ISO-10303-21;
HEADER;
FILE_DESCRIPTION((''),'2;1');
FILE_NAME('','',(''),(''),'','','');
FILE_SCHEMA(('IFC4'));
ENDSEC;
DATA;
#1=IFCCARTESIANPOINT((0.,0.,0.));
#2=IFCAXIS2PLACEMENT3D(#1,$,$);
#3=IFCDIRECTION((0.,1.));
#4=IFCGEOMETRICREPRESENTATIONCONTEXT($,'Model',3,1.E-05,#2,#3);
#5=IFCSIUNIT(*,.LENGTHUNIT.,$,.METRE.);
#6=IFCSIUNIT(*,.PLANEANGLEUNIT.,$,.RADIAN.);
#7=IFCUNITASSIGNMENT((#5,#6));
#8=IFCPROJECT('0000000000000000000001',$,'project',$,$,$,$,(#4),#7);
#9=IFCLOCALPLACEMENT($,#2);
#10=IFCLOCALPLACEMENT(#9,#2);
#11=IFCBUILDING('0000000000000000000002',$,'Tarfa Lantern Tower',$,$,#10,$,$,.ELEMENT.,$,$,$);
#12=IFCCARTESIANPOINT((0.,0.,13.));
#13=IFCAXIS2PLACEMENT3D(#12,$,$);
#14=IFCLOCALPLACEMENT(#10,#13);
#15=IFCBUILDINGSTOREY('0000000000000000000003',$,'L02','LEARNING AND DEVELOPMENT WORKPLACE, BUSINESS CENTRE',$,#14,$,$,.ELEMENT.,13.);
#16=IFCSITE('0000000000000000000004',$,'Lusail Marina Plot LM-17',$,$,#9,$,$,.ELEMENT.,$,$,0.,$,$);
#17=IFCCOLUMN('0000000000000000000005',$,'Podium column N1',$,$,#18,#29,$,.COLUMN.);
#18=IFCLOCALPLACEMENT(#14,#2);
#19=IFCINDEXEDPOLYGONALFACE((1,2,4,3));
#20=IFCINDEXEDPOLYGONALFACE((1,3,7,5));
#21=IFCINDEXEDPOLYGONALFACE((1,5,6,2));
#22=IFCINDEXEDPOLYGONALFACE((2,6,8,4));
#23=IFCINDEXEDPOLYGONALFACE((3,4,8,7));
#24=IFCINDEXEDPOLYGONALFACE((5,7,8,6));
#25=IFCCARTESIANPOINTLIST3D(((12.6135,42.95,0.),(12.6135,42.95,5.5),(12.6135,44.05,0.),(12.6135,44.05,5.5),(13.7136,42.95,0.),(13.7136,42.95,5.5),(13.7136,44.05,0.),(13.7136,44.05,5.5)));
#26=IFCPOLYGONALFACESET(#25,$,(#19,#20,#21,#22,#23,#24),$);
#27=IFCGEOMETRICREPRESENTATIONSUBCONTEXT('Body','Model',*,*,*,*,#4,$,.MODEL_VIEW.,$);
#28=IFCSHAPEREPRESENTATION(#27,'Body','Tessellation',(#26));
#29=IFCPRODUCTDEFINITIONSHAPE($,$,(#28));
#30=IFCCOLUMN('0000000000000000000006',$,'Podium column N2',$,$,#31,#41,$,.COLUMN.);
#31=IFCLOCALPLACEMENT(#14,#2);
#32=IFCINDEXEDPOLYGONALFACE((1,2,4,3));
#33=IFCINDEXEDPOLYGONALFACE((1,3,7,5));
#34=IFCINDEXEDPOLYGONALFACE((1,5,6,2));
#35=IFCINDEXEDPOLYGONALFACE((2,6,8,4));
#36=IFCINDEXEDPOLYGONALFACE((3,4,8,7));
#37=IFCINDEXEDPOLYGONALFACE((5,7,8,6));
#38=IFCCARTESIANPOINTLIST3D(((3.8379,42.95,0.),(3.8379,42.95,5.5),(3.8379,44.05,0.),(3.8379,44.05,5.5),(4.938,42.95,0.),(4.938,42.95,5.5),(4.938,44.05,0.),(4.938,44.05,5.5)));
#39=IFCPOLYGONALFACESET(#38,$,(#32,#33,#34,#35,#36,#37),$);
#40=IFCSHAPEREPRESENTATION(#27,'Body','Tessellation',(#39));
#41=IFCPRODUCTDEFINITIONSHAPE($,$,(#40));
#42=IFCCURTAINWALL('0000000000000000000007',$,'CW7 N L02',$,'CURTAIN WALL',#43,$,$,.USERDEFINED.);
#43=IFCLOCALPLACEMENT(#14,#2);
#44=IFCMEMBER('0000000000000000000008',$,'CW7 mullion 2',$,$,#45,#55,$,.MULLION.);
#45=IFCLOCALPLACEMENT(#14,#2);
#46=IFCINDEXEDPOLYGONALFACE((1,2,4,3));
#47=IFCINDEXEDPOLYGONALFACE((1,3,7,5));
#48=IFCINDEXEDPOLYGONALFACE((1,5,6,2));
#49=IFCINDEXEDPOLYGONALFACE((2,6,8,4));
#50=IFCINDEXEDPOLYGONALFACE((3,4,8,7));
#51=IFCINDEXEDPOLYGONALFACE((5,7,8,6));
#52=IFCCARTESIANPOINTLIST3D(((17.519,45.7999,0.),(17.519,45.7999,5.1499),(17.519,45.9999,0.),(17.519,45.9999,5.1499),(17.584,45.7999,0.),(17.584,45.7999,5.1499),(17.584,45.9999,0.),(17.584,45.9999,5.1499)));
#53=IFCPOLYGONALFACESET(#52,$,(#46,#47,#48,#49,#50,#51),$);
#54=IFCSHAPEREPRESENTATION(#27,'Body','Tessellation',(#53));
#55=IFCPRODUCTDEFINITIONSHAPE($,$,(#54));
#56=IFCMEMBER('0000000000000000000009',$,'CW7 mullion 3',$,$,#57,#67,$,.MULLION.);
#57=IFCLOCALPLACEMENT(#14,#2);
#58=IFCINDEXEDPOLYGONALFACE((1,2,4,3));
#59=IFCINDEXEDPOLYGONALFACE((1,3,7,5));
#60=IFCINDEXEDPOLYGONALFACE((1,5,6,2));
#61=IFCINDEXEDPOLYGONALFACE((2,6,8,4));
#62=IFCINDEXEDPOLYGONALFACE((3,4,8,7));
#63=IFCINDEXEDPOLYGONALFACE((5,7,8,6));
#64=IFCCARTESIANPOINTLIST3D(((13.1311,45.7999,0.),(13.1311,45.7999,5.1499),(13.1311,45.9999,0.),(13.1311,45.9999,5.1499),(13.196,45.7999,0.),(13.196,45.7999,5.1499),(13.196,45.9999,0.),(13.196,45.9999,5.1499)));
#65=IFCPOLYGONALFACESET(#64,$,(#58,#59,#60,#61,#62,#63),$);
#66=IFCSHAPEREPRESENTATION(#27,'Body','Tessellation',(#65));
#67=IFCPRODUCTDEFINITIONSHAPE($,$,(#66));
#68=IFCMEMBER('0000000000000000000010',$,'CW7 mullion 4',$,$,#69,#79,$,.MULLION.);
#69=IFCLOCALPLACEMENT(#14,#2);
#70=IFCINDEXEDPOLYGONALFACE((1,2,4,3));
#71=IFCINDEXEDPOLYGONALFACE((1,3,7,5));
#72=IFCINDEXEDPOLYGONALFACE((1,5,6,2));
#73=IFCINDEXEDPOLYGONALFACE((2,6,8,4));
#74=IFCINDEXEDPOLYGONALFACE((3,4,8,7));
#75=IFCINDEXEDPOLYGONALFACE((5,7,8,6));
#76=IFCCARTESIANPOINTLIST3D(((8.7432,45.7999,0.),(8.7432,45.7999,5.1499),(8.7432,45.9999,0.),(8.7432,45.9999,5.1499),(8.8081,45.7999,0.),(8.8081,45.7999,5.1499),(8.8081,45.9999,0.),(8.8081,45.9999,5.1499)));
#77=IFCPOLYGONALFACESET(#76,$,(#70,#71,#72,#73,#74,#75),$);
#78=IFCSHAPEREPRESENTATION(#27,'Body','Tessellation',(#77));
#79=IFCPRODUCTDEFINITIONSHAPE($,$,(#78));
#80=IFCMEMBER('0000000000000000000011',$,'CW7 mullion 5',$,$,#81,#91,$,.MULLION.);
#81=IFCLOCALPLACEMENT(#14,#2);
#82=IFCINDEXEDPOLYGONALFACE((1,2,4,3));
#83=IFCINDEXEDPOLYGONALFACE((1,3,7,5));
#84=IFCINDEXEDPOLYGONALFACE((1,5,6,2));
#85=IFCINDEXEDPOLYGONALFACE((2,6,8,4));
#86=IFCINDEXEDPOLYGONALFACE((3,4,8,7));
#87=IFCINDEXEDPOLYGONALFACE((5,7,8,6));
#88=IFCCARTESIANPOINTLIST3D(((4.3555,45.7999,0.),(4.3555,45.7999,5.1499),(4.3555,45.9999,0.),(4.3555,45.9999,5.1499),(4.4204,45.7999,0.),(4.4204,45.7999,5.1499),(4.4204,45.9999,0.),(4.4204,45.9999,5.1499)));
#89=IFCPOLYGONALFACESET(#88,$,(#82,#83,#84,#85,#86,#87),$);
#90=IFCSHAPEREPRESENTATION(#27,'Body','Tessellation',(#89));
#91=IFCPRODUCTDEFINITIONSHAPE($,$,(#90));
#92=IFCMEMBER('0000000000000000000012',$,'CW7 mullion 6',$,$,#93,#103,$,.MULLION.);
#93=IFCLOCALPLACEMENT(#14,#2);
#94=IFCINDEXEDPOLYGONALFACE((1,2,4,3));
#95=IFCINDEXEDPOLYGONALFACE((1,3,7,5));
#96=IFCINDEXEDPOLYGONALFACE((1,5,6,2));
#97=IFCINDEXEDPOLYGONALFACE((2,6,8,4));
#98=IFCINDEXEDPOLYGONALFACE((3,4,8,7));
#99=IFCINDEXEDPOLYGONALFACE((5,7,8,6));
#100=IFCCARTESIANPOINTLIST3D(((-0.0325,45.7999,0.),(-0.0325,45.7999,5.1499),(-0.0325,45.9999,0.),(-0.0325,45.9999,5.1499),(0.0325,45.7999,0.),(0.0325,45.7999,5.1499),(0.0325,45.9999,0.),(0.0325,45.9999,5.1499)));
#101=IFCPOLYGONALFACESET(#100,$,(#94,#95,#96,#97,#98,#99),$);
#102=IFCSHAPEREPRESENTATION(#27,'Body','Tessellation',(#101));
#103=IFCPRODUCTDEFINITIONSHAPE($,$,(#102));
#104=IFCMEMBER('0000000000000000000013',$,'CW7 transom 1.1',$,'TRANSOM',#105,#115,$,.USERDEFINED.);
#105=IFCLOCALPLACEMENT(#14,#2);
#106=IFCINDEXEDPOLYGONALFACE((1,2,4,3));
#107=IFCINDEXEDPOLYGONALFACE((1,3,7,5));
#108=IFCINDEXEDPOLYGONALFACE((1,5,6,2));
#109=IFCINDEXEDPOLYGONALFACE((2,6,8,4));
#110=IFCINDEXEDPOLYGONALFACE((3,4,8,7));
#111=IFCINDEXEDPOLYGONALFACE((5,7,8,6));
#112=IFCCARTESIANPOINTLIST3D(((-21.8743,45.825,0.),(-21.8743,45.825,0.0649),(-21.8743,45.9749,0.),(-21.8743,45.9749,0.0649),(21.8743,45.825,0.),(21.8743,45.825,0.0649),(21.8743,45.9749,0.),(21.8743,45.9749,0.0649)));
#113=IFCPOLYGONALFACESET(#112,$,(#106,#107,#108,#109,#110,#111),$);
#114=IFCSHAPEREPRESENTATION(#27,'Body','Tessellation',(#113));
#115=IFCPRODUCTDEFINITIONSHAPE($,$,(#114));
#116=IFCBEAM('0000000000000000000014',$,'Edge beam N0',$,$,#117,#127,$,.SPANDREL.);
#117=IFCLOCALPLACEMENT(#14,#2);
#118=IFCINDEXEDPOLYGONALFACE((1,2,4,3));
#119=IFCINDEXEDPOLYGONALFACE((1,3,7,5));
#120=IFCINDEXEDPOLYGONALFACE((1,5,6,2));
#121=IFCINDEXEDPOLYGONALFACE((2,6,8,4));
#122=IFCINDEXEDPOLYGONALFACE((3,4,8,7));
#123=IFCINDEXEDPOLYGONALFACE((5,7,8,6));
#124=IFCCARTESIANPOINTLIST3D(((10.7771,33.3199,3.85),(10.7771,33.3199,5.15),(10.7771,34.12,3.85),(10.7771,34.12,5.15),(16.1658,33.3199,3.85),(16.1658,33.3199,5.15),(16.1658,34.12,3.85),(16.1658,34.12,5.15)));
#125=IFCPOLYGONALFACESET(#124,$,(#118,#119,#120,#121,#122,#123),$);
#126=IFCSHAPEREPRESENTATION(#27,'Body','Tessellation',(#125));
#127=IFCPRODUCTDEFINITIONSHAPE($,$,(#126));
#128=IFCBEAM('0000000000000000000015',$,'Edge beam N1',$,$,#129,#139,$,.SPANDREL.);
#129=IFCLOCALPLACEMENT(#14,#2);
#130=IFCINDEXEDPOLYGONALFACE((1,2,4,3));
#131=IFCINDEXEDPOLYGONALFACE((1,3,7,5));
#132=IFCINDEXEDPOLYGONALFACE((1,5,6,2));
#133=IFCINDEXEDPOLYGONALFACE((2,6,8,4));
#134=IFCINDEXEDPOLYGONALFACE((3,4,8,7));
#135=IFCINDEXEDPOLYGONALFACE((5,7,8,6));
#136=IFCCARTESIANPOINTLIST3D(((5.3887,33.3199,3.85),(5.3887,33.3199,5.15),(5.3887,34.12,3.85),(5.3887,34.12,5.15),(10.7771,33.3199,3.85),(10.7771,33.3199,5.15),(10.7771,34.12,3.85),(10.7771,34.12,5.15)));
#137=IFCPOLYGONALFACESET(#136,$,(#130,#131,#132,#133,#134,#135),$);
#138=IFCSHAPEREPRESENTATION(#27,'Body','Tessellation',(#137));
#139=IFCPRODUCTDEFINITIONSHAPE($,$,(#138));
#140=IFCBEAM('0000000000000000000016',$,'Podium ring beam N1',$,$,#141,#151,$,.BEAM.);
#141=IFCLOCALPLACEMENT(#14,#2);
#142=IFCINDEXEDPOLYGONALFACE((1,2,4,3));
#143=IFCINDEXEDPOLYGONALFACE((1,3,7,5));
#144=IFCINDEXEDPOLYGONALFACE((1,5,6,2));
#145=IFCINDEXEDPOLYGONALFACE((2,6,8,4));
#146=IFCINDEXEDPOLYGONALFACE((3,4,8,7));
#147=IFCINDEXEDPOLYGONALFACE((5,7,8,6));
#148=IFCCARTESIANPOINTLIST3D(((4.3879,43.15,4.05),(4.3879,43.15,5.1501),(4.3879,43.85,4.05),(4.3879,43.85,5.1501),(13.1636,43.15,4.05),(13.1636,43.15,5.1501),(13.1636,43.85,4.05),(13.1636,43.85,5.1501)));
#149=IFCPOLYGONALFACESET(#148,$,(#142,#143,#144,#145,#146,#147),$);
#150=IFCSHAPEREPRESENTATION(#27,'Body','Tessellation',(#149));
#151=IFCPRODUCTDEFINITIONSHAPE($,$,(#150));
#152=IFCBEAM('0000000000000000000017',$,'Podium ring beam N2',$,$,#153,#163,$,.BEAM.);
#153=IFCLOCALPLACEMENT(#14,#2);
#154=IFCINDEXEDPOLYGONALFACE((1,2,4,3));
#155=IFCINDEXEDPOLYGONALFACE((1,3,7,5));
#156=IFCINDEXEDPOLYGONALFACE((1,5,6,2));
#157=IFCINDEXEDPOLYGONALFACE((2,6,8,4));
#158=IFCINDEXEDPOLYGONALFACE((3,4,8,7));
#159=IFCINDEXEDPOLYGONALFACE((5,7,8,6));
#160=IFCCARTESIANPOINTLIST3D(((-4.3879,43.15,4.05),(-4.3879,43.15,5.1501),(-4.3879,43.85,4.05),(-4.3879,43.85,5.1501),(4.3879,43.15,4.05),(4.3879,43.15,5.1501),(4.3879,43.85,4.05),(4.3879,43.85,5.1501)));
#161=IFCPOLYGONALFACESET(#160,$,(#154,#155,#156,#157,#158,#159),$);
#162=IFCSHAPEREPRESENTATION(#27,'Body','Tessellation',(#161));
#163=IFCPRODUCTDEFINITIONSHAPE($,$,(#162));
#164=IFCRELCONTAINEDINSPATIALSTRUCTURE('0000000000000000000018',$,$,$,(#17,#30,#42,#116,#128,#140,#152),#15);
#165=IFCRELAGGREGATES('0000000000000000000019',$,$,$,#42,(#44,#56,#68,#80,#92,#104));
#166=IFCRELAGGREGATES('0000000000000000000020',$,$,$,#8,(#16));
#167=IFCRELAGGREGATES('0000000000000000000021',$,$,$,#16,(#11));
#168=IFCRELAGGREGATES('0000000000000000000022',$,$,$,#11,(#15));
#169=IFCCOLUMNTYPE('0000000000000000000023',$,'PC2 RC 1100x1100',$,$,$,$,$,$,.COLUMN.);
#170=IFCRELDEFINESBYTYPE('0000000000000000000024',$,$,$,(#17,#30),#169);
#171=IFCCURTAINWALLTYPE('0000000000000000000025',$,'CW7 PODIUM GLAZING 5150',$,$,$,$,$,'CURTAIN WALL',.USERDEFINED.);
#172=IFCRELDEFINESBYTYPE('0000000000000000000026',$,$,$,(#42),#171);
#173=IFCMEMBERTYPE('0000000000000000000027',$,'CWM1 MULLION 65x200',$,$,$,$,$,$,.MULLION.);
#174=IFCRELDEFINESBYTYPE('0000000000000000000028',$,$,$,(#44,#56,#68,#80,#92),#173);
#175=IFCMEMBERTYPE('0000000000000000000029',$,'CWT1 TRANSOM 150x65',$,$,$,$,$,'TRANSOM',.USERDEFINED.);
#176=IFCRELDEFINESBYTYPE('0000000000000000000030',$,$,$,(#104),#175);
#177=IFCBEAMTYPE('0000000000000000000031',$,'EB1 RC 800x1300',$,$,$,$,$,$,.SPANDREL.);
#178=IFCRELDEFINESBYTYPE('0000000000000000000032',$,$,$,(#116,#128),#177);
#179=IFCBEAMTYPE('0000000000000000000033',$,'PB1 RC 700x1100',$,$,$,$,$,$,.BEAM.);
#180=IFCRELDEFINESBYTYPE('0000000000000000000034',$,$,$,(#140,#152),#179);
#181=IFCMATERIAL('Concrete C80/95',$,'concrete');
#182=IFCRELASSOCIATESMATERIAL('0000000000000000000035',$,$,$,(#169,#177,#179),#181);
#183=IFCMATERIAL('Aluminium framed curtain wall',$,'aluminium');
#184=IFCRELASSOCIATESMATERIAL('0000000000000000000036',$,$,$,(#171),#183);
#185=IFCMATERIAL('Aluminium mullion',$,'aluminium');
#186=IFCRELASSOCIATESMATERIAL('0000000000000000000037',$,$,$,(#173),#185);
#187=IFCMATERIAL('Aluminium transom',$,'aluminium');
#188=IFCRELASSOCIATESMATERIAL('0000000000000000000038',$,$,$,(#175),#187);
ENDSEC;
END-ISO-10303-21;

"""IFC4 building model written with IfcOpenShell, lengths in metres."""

from ifc_helpers import new_model, si_unit, direction, frame, origin, origin_2d, place, context, subcontext, project, spatial, rectangle, extrude, material, material_profile, profile_set, type_object, element, aggregate, save


model = new_model("IFC4")

# Units and contexts
model_context = context("Model", 3, precision=1e-05, world=origin(), true_north=direction((0.0, 1.0)))
body_context = subcontext(model_context, "Body", "Model", "MODEL_VIEW")
ifc_project = project(units=[si_unit("LENGTHUNIT", "METRE"), si_unit("PLANEANGLEUNIT", "RADIAN")], contexts=[model_context])

# Site, building, storey
site_placement = place(None, origin())
site = spatial("IfcSite", under=ifc_project, at=site_placement, Name="Lusail Marina Plot LM-17", CompositionType="ELEMENT", RefElevation=0.0)
building_placement = place(site_placement, origin())
building = spatial("IfcBuilding", under=site, at=building_placement, Name="Tarfa Lantern Tower", CompositionType="ELEMENT")
storey_placement = place(building_placement, frame((0.0, 0.0, 13.0)))
storey = spatial("IfcBuildingStorey", under=building, at=storey_placement, Name="L02", Description="LEARNING AND DEVELOPMENT WORKPLACE, BUSINESS CENTRE", CompositionType="ELEMENT", Elevation=13.0)

# Columns
ifc_material_1 = material(Name="Concrete C80/95", Category="concrete")
ifc_material_profile_1 = material_profile(ifc_material_1, rectangle(XDim=1.1001, YDim=1.1001, at=origin_2d()), Name="RC 1100x1100")
ifc_profile_set_1 = profile_set([ifc_material_profile_1], Name="Concrete C80/95")
column_type = type_object("IfcColumnType", Name="PC2 RC 1100x1100", PredefinedType="COLUMN", material=ifc_profile_set_1)
for number, where, z_axis, x_axis, name in (
    (1, (13.1636, 43.5, 0.0), (0.0, 0.0, 1.0), (-1.0, 0.0, 0.0), "Podium column N1"),
    (2, (4.3879, 43.5, 0.0), (0.0, 0.0, 1.0), (-1.0, 0.0, 0.0), "Podium column N2"),
):
    element("IfcColumn", number, at=place(storey_placement, frame(where, z_axis=z_axis, x_axis=x_axis)), inside=storey, type_object=column_type, Name=name, PredefinedType="COLUMN", context=body_context, shape_type="SweptSolid", body=[
        extrude(rectangle(XDim=1.1001, YDim=1.1001, at=origin_2d()), origin(), (0.0, 0.0, 1.0), 5.5),
    ])

# Curtain wall, members
ifc_material_2 = material(Name="Aluminium framed curtain wall", Category="aluminium")
curtain_wall_type = type_object("IfcCurtainWallType", Name="CW7 PODIUM GLAZING 5150", ElementType="CURTAIN WALL", PredefinedType="USERDEFINED", material=ifc_material_2)
curtain_wall_placement = place(storey_placement, origin())
curtain_wall = element("IfcCurtainWall", 3, at=curtain_wall_placement, inside=storey, type_object=curtain_wall_type, Name="CW7 N L02", ObjectType="CURTAIN WALL", PredefinedType="USERDEFINED")
ifc_material_3 = material(Name="Aluminium mullion", Category="aluminium")
ifc_material_profile_2 = material_profile(ifc_material_3, rectangle(XDim=0.0649, YDim=0.2, at=origin_2d()), Name="AL MULLION 65x200")
ifc_profile_set_2 = profile_set([ifc_material_profile_2], Name="Aluminium mullion")
member_type_1 = type_object("IfcMemberType", Name="CWM1 MULLION 65x200", PredefinedType="MULLION", material=ifc_profile_set_2)
member_1_placement = place(storey_placement, frame((17.5515, 45.8999, 0.0), z_axis=(0.0, 0.0, 1.0), x_axis=(1.0, 0.0, 0.0)))
member_1 = element("IfcMember", 4, at=member_1_placement, type_object=member_type_1, Name="CW7 mullion 2", PredefinedType="MULLION", context=body_context, shape_type="SweptSolid", body=[
    extrude(rectangle(XDim=0.0649, YDim=0.2, at=origin_2d()), origin(), (0.0, 0.0, 1.0), 5.1499),
])
member_2_placement = place(storey_placement, frame((13.1636, 45.8999, 0.0), z_axis=(0.0, 0.0, 1.0), x_axis=(1.0, 0.0, 0.0)))
member_2 = element("IfcMember", 5, at=member_2_placement, type_object=member_type_1, Name="CW7 mullion 3", PredefinedType="MULLION", context=body_context, shape_type="SweptSolid", body=[
    extrude(rectangle(XDim=0.0649, YDim=0.2, at=origin_2d()), origin(), (0.0, 0.0, 1.0), 5.1499),
])
member_3_placement = place(storey_placement, frame((8.7756, 45.8999, 0.0), z_axis=(0.0, 0.0, 1.0), x_axis=(1.0, 0.0, 0.0)))
member_3 = element("IfcMember", 6, at=member_3_placement, type_object=member_type_1, Name="CW7 mullion 4", PredefinedType="MULLION", context=body_context, shape_type="SweptSolid", body=[
    extrude(rectangle(XDim=0.0649, YDim=0.2, at=origin_2d()), origin(), (0.0, 0.0, 1.0), 5.1499),
])
member_4_placement = place(storey_placement, frame((4.3879, 45.8999, 0.0), z_axis=(0.0, 0.0, 1.0), x_axis=(1.0, 0.0, 0.0)))
member_4 = element("IfcMember", 7, at=member_4_placement, type_object=member_type_1, Name="CW7 mullion 5", PredefinedType="MULLION", context=body_context, shape_type="SweptSolid", body=[
    extrude(rectangle(XDim=0.0649, YDim=0.2, at=origin_2d()), origin(), (0.0, 0.0, 1.0), 5.1499),
])
member_5_placement = place(storey_placement, frame((0.0, 45.8999, 0.0), z_axis=(0.0, 0.0, 1.0), x_axis=(1.0, 0.0, 0.0)))
member_5 = element("IfcMember", 8, at=member_5_placement, type_object=member_type_1, Name="CW7 mullion 6", PredefinedType="MULLION", context=body_context, shape_type="SweptSolid", body=[
    extrude(rectangle(XDim=0.0649, YDim=0.2, at=origin_2d()), origin(), (0.0, 0.0, 1.0), 5.1499),
])
ifc_material_4 = material(Name="Aluminium transom", Category="aluminium")
ifc_material_profile_3 = material_profile(ifc_material_4, rectangle(XDim=0.1499, YDim=0.0649, at=origin_2d()), Name="AL TRANSOM 150x65")
ifc_profile_set_3 = profile_set([ifc_material_profile_3], Name="Aluminium transom")
member_type_2 = type_object("IfcMemberType", Name="CWT1 TRANSOM 150x65", ElementType="TRANSOM", PredefinedType="USERDEFINED", material=ifc_profile_set_3)
member_6_placement = place(storey_placement, frame((21.8743, 45.8999, 0.0325), z_axis=(-1.0, 0.0, 0.0), x_axis=(0.0, -1.0, 0.0)))
member_6 = element("IfcMember", 9, at=member_6_placement, type_object=member_type_2, Name="CW7 transom 1.1", ObjectType="TRANSOM", PredefinedType="USERDEFINED", context=body_context, shape_type="SweptSolid", body=[
    extrude(rectangle(XDim=0.1499, YDim=0.0649, at=origin_2d()), origin(), (0.0, 0.0, 1.0), 43.7485),
])

# Beams
ifc_material_profile_4 = material_profile(ifc_material_1, rectangle(XDim=0.8, YDim=1.3, at=origin_2d()), Name="RC 800x1300")
ifc_profile_set_4 = profile_set([ifc_material_profile_4], Name="Concrete C80/95")
beam_type_1 = type_object("IfcBeamType", Name="EB1 RC 800x1300", PredefinedType="SPANDREL", material=ifc_profile_set_4)
beam_1_placement = place(storey_placement, frame((16.1658, 33.72, 4.5), z_axis=(-1.0, 0.0, 0.0), x_axis=(0.0, -1.0, 0.0)))
element("IfcBeam", 10, at=beam_1_placement, inside=storey, type_object=beam_type_1, Name="Edge beam N0", PredefinedType="SPANDREL", context=body_context, shape_type="SweptSolid", body=[
    extrude(rectangle(XDim=0.8, YDim=1.3, at=origin_2d()), origin(), (0.0, 0.0, 1.0), 5.3887),
])
beam_2_placement = place(storey_placement, frame((10.7771, 33.72, 4.5), z_axis=(-1.0, 0.0, 0.0), x_axis=(0.0, -1.0, 0.0)))
element("IfcBeam", 11, at=beam_2_placement, inside=storey, type_object=beam_type_1, Name="Edge beam N1", PredefinedType="SPANDREL", context=body_context, shape_type="SweptSolid", body=[
    extrude(rectangle(XDim=0.8, YDim=1.3, at=origin_2d()), origin(), (0.0, 0.0, 1.0), 5.3884),
])
ifc_material_profile_5 = material_profile(ifc_material_1, rectangle(XDim=0.7, YDim=1.1001, at=origin_2d()), Name="RC 700x1100")
ifc_profile_set_5 = profile_set([ifc_material_profile_5], Name="Concrete C80/95")
beam_type_2 = type_object("IfcBeamType", Name="PB1 RC 700x1100", PredefinedType="BEAM", material=ifc_profile_set_5)
beam_3_placement = place(storey_placement, frame((13.1636, 43.5, 4.6001), z_axis=(-1.0, 0.0, 0.0), x_axis=(0.0, -1.0, 0.0)))
element("IfcBeam", 12, at=beam_3_placement, inside=storey, type_object=beam_type_2, Name="Podium ring beam N1", PredefinedType="BEAM", context=body_context, shape_type="SweptSolid", body=[
    extrude(rectangle(XDim=0.7, YDim=1.1001, at=origin_2d()), origin(), (0.0, 0.0, 1.0), 8.7756),
])
beam_4_placement = place(storey_placement, frame((4.3879, 43.5, 4.6001), z_axis=(-1.0, 0.0, 0.0), x_axis=(0.0, -1.0, 0.0)))
element("IfcBeam", 13, at=beam_4_placement, inside=storey, type_object=beam_type_2, Name="Podium ring beam N2", PredefinedType="BEAM", context=body_context, shape_type="SweptSolid", body=[
    extrude(rectangle(XDim=0.7, YDim=1.1001, at=origin_2d()), origin(), (0.0, 0.0, 1.0), 8.7759),
])

aggregate(curtain_wall, [member_1, member_2, member_3, member_4, member_5, member_6])

save(model, "model.ifc")
